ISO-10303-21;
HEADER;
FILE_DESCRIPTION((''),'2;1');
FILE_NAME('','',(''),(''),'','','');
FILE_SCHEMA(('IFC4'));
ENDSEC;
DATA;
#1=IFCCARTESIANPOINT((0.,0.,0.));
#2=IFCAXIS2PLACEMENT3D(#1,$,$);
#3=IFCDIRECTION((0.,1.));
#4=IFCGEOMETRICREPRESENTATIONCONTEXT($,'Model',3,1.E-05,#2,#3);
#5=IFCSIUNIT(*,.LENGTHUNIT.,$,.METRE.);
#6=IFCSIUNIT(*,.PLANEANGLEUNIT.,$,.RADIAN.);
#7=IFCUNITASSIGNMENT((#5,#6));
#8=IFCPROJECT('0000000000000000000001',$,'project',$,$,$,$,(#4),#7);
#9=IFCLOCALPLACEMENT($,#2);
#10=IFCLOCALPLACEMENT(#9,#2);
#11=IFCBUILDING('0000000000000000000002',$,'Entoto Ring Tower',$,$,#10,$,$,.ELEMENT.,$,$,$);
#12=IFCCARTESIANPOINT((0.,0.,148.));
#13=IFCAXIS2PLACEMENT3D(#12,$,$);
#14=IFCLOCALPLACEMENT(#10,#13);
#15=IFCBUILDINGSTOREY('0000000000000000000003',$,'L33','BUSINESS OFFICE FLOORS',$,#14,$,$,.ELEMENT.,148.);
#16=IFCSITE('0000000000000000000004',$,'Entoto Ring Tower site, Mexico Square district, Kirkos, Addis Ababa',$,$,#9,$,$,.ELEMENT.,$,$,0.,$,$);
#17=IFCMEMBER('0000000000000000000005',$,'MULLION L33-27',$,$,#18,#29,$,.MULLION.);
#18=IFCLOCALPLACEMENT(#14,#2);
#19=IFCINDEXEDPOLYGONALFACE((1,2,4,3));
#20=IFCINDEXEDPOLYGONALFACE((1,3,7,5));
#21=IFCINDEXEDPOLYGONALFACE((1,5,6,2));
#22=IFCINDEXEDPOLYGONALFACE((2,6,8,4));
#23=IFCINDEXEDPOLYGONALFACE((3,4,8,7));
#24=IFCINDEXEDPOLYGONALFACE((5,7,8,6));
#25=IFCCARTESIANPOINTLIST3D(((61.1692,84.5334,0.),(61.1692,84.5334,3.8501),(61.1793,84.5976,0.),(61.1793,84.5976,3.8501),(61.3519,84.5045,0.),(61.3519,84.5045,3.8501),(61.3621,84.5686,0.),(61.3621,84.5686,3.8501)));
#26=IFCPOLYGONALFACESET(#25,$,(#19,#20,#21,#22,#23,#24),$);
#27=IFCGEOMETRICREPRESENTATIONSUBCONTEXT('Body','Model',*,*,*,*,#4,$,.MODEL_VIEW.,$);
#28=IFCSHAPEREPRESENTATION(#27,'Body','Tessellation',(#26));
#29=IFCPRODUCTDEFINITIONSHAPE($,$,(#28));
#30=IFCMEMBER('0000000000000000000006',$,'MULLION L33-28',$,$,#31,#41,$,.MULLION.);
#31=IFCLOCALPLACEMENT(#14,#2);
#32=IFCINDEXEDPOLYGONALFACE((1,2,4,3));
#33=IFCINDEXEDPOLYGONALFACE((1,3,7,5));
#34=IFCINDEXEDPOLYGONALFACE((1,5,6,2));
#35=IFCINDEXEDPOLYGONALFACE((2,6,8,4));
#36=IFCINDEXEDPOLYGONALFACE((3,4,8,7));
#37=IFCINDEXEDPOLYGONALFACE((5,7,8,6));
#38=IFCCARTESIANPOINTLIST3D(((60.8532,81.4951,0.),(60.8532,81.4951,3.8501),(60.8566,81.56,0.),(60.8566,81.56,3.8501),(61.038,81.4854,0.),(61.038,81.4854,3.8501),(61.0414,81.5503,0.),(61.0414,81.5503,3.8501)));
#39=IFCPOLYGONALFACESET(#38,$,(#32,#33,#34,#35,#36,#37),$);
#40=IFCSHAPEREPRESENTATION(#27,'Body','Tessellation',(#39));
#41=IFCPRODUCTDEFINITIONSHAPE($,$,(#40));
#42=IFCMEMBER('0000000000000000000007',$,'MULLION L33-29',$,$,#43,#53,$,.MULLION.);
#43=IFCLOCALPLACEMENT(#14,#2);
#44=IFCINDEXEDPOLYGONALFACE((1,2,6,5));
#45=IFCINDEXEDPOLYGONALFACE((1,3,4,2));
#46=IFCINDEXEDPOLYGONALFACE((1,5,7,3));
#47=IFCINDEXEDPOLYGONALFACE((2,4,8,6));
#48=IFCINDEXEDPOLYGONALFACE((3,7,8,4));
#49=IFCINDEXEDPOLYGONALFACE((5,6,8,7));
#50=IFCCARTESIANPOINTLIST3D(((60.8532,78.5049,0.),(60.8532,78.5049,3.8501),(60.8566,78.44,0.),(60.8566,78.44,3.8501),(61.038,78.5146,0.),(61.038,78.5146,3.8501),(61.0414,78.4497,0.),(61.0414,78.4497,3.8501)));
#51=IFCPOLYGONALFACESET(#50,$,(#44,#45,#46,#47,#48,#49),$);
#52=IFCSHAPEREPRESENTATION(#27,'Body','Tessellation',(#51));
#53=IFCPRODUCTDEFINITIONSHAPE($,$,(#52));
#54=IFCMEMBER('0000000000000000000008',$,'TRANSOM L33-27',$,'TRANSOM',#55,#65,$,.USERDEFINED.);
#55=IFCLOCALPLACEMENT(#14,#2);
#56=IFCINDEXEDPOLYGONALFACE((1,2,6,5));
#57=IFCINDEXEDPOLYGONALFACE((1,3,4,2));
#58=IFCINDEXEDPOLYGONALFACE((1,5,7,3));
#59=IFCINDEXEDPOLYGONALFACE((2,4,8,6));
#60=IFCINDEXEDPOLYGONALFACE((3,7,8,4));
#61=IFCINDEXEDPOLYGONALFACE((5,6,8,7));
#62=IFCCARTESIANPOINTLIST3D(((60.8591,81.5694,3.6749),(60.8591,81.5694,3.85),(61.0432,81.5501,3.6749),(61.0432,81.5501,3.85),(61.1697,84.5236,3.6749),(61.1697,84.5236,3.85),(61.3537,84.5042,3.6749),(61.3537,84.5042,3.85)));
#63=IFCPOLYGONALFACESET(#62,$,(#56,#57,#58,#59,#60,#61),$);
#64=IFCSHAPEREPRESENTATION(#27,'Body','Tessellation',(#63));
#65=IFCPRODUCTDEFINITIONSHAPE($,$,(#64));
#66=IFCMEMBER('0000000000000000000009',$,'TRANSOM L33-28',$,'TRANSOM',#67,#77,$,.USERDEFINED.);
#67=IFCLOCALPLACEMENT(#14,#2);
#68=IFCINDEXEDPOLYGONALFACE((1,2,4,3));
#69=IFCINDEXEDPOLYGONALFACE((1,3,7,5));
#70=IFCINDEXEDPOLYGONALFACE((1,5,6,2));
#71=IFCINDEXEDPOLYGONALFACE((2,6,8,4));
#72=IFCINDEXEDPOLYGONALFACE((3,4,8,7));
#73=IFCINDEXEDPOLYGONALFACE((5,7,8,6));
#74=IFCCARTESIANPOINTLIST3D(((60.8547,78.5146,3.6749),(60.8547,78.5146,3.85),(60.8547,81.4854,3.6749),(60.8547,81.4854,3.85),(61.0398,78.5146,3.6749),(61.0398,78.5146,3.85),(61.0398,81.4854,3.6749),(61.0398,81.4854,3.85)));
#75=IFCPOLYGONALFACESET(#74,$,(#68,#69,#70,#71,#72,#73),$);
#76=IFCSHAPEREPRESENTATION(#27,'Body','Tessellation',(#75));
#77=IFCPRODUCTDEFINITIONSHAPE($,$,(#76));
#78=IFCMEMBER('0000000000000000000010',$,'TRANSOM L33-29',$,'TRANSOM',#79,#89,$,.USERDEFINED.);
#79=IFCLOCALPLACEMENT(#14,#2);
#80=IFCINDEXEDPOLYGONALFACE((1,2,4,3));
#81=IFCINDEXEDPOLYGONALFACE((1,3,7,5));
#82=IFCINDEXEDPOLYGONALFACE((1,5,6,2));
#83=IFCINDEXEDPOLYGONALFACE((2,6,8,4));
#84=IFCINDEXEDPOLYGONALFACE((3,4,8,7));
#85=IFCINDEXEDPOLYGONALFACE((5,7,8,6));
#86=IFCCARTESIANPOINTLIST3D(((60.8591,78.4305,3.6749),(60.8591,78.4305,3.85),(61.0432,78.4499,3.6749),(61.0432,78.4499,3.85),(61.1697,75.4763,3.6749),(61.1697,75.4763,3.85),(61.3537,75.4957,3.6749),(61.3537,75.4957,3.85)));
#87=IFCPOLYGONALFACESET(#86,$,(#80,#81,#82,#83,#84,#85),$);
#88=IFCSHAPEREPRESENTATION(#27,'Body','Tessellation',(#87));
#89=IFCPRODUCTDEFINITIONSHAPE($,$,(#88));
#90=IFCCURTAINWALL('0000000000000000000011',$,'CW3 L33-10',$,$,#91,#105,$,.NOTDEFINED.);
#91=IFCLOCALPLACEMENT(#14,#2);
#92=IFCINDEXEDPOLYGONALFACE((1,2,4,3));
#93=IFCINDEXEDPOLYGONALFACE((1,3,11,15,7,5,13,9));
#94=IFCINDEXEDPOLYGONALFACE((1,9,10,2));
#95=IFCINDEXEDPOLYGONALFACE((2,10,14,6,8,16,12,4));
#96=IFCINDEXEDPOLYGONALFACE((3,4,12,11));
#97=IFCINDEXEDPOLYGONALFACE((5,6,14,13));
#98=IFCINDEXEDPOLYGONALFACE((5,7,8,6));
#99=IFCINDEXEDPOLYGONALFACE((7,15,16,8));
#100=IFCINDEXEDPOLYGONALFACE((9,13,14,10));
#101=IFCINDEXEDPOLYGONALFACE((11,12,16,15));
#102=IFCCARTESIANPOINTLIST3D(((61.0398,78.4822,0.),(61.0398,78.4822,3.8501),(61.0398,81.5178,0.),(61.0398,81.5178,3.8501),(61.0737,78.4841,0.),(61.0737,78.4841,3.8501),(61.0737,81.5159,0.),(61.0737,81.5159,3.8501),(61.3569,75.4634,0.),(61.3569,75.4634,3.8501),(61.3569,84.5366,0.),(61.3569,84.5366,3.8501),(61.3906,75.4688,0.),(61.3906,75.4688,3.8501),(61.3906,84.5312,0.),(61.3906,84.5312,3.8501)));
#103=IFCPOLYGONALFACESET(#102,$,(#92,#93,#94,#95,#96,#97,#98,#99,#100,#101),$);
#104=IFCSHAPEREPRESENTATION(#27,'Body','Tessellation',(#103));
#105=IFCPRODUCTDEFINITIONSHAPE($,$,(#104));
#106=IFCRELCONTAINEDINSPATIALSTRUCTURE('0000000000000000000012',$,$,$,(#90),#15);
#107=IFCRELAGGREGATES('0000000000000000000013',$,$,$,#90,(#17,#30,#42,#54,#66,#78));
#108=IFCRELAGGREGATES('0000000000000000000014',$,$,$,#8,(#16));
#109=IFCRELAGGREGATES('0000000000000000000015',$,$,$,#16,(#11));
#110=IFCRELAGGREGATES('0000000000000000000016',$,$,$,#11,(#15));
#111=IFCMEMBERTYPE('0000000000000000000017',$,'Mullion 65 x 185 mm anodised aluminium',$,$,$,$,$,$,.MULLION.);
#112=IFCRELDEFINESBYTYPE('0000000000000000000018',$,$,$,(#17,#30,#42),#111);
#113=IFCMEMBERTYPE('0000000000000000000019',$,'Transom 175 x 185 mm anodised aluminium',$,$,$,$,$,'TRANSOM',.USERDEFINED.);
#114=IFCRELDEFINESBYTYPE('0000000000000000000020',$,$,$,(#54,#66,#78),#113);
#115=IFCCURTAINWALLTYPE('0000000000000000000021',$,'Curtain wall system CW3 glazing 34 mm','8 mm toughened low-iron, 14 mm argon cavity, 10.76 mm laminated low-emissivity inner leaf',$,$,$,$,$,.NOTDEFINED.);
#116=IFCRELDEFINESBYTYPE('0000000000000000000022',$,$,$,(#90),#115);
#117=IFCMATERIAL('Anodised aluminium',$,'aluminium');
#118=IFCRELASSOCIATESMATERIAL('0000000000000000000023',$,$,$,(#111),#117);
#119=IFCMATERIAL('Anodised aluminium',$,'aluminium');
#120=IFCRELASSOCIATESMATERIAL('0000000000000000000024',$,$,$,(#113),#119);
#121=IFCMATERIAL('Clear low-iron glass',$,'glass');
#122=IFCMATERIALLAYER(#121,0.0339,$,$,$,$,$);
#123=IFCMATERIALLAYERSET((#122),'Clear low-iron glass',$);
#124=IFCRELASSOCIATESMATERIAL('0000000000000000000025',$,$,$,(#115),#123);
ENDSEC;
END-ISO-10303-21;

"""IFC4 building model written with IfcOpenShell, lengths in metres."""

from ifc_helpers import new_model, si_unit, direction, frame, origin, origin_2d, place, context, subcontext, project, spatial, polyline, rectangle, outline, extrude, material, layer, layer_set, material_profile, profile_set, type_object, element, aggregate, save


model = new_model("IFC4")

# Units and contexts
model_context = context("Model", 3, precision=1e-05, world=origin(), true_north=direction((0.0, 1.0)))
body_context = subcontext(model_context, "Body", "Model", "MODEL_VIEW")
ifc_project = project(units=[si_unit("LENGTHUNIT", "METRE"), si_unit("PLANEANGLEUNIT", "RADIAN")], contexts=[model_context])

# Members
ifc_material_1 = material(Name="Anodised aluminium", Category="aluminium")
ifc_material_profile_1 = material_profile(ifc_material_1, rectangle(XDim=0.0649, YDim=0.1851, at=origin_2d()), Name="Mullion 65 x 185 mm anodised aluminium")
ifc_profile_set_1 = profile_set([ifc_material_profile_1], Name="Anodised aluminium")
member_type_1 = type_object("IfcMemberType", Name="Mullion 65 x 185 mm anodised aluminium", PredefinedType="MULLION", material=ifc_profile_set_1)
site_placement = place(None, origin())
building_placement = place(site_placement, origin())
storey_placement = place(building_placement, frame((0.0, 0.0, 148.0)))
member_1_placement = place(storey_placement, frame((61.2656, 84.551, 0.0), z_axis=(0.0, 0.0, 1.0), x_axis=(-0.156434, -0.987688, 0.0)))
member_1 = element("IfcMember", 1, at=member_1_placement, type_object=member_type_1, Name="MULLION L33-27", PredefinedType="MULLION", context=body_context, shape_type="SweptSolid", body=[
    extrude(rectangle(XDim=0.0649, YDim=0.1851, at=origin_2d()), origin(), (0.0, 0.0, 1.0), 3.8501),
])
member_2_placement = place(storey_placement, frame((60.9473, 81.5227, 0.0), z_axis=(0.0, 0.0, 1.0), x_axis=(-0.052336, -0.99863, 0.0)))
member_2 = element("IfcMember", 2, at=member_2_placement, type_object=member_type_1, Name="MULLION L33-28", PredefinedType="MULLION", context=body_context, shape_type="SweptSolid", body=[
    extrude(rectangle(XDim=0.0649, YDim=0.1851, at=origin_2d()), origin(), (0.0, 0.0, 1.0), 3.8501),
])
member_3_placement = place(storey_placement, frame((60.9473, 78.4773, 0.0), z_axis=(0.0, 0.0, 1.0), x_axis=(0.052336, -0.99863, 0.0)))
member_3 = element("IfcMember", 3, at=member_3_placement, type_object=member_type_1, Name="MULLION L33-29", PredefinedType="MULLION", context=body_context, shape_type="SweptSolid", body=[
    extrude(rectangle(XDim=0.0649, YDim=0.1851, at=origin_2d()), origin(), (0.0, 0.0, 1.0), 3.8501),
])
ifc_material_2 = material(Name="Anodised aluminium", Category="aluminium")
ifc_material_profile_2 = material_profile(ifc_material_2, rectangle(XDim=0.1851, YDim=0.175, at=origin_2d()), Name="Transom 175 x 185 mm anodised aluminium")
ifc_profile_set_2 = profile_set([ifc_material_profile_2], Name="Anodised aluminium")
member_type_2 = type_object("IfcMemberType", Name="Transom 175 x 185 mm anodised aluminium", ElementType="TRANSOM", PredefinedType="USERDEFINED", material=ifc_profile_set_2)
member_4_placement = place(storey_placement, frame((61.2617, 84.5139, 3.7625), z_axis=(-0.104548, -0.99452, 0.0), x_axis=(0.99452, -0.104548, 0.0)))
member_4 = element("IfcMember", 4, at=member_4_placement, type_object=member_type_2, Name="TRANSOM L33-27", ObjectType="TRANSOM", PredefinedType="USERDEFINED", context=body_context, shape_type="SweptSolid", body=[
    extrude(rectangle(XDim=0.1851, YDim=0.175, at=origin_2d()), origin(), (0.0, 0.0, 1.0), 2.9705),
])
member_5_placement = place(storey_placement, frame((60.9473, 81.4854, 3.7625), z_axis=(0.0, -1.0, 0.0), x_axis=(1.0, 0.0, 0.0)))
member_5 = element("IfcMember", 5, at=member_5_placement, type_object=member_type_2, Name="TRANSOM L33-28", ObjectType="TRANSOM", PredefinedType="USERDEFINED", context=body_context, shape_type="SweptSolid", body=[
    extrude(rectangle(XDim=0.1851, YDim=0.175, at=origin_2d()), origin(), (0.0, 0.0, 1.0), 2.9707),
])
member_6_placement = place(storey_placement, frame((60.9512, 78.4402, 3.7625), z_axis=(0.104548, -0.99452, 0.0), x_axis=(0.99452, 0.104548, 0.0)))
member_6 = element("IfcMember", 6, at=member_6_placement, type_object=member_type_2, Name="TRANSOM L33-29", ObjectType="TRANSOM", PredefinedType="USERDEFINED", context=body_context, shape_type="SweptSolid", body=[
    extrude(rectangle(XDim=0.1851, YDim=0.175, at=origin_2d()), origin(), (0.0, 0.0, 1.0), 2.9705),
])

# Site, building, storey
site = spatial("IfcSite", under=ifc_project, at=site_placement, Name="Entoto Ring Tower site, Mexico Square district, Kirkos, Addis Ababa", CompositionType="ELEMENT", RefElevation=0.0)
building = spatial("IfcBuilding", under=site, at=building_placement, Name="Entoto Ring Tower", CompositionType="ELEMENT")
storey = spatial("IfcBuildingStorey", under=building, at=storey_placement, Name="L33", Description="BUSINESS OFFICE FLOORS", CompositionType="ELEMENT", Elevation=148.0)

# Curtain wall
ifc_material_3 = material(Name="Clear low-iron glass", Category="glass")
ifc_layer = layer(ifc_material_3, 0.0339)
ifc_layer_set = layer_set([ifc_layer], Name="Clear low-iron glass")
curtain_wall_type = type_object("IfcCurtainWallType", Name="Curtain wall system CW3 glazing 34 mm", Description="8 mm toughened low-iron, 14 mm argon cavity, 10.76 mm laminated low-emissivity inner leaf", PredefinedType="NOTDEFINED", material=ifc_layer_set)
curtain_wall_1_placement = place(storey_placement, origin())
curtain_wall_1 = element("IfcCurtainWall", 7, at=curtain_wall_1_placement, inside=storey, type_object=curtain_wall_type, Name="CW3 L33-10", PredefinedType="NOTDEFINED", context=body_context, shape_type="SweptSolid", body=[
    extrude(outline(polyline([(61.3569, 84.5366), (61.0398, 81.5178), (61.0398, 78.4822), (61.3569, 75.4634), (61.3906, 75.4688), (61.0737, 78.4841), (61.0737, 81.5159), (61.3906, 84.5312), (61.3569, 84.5366)])), origin(), (0.0, 0.0, 1.0), 3.8501),
])
aggregate(curtain_wall_1, [member_1, member_2, member_3, member_4, member_5, member_6])

save(model, "model.ifc")
